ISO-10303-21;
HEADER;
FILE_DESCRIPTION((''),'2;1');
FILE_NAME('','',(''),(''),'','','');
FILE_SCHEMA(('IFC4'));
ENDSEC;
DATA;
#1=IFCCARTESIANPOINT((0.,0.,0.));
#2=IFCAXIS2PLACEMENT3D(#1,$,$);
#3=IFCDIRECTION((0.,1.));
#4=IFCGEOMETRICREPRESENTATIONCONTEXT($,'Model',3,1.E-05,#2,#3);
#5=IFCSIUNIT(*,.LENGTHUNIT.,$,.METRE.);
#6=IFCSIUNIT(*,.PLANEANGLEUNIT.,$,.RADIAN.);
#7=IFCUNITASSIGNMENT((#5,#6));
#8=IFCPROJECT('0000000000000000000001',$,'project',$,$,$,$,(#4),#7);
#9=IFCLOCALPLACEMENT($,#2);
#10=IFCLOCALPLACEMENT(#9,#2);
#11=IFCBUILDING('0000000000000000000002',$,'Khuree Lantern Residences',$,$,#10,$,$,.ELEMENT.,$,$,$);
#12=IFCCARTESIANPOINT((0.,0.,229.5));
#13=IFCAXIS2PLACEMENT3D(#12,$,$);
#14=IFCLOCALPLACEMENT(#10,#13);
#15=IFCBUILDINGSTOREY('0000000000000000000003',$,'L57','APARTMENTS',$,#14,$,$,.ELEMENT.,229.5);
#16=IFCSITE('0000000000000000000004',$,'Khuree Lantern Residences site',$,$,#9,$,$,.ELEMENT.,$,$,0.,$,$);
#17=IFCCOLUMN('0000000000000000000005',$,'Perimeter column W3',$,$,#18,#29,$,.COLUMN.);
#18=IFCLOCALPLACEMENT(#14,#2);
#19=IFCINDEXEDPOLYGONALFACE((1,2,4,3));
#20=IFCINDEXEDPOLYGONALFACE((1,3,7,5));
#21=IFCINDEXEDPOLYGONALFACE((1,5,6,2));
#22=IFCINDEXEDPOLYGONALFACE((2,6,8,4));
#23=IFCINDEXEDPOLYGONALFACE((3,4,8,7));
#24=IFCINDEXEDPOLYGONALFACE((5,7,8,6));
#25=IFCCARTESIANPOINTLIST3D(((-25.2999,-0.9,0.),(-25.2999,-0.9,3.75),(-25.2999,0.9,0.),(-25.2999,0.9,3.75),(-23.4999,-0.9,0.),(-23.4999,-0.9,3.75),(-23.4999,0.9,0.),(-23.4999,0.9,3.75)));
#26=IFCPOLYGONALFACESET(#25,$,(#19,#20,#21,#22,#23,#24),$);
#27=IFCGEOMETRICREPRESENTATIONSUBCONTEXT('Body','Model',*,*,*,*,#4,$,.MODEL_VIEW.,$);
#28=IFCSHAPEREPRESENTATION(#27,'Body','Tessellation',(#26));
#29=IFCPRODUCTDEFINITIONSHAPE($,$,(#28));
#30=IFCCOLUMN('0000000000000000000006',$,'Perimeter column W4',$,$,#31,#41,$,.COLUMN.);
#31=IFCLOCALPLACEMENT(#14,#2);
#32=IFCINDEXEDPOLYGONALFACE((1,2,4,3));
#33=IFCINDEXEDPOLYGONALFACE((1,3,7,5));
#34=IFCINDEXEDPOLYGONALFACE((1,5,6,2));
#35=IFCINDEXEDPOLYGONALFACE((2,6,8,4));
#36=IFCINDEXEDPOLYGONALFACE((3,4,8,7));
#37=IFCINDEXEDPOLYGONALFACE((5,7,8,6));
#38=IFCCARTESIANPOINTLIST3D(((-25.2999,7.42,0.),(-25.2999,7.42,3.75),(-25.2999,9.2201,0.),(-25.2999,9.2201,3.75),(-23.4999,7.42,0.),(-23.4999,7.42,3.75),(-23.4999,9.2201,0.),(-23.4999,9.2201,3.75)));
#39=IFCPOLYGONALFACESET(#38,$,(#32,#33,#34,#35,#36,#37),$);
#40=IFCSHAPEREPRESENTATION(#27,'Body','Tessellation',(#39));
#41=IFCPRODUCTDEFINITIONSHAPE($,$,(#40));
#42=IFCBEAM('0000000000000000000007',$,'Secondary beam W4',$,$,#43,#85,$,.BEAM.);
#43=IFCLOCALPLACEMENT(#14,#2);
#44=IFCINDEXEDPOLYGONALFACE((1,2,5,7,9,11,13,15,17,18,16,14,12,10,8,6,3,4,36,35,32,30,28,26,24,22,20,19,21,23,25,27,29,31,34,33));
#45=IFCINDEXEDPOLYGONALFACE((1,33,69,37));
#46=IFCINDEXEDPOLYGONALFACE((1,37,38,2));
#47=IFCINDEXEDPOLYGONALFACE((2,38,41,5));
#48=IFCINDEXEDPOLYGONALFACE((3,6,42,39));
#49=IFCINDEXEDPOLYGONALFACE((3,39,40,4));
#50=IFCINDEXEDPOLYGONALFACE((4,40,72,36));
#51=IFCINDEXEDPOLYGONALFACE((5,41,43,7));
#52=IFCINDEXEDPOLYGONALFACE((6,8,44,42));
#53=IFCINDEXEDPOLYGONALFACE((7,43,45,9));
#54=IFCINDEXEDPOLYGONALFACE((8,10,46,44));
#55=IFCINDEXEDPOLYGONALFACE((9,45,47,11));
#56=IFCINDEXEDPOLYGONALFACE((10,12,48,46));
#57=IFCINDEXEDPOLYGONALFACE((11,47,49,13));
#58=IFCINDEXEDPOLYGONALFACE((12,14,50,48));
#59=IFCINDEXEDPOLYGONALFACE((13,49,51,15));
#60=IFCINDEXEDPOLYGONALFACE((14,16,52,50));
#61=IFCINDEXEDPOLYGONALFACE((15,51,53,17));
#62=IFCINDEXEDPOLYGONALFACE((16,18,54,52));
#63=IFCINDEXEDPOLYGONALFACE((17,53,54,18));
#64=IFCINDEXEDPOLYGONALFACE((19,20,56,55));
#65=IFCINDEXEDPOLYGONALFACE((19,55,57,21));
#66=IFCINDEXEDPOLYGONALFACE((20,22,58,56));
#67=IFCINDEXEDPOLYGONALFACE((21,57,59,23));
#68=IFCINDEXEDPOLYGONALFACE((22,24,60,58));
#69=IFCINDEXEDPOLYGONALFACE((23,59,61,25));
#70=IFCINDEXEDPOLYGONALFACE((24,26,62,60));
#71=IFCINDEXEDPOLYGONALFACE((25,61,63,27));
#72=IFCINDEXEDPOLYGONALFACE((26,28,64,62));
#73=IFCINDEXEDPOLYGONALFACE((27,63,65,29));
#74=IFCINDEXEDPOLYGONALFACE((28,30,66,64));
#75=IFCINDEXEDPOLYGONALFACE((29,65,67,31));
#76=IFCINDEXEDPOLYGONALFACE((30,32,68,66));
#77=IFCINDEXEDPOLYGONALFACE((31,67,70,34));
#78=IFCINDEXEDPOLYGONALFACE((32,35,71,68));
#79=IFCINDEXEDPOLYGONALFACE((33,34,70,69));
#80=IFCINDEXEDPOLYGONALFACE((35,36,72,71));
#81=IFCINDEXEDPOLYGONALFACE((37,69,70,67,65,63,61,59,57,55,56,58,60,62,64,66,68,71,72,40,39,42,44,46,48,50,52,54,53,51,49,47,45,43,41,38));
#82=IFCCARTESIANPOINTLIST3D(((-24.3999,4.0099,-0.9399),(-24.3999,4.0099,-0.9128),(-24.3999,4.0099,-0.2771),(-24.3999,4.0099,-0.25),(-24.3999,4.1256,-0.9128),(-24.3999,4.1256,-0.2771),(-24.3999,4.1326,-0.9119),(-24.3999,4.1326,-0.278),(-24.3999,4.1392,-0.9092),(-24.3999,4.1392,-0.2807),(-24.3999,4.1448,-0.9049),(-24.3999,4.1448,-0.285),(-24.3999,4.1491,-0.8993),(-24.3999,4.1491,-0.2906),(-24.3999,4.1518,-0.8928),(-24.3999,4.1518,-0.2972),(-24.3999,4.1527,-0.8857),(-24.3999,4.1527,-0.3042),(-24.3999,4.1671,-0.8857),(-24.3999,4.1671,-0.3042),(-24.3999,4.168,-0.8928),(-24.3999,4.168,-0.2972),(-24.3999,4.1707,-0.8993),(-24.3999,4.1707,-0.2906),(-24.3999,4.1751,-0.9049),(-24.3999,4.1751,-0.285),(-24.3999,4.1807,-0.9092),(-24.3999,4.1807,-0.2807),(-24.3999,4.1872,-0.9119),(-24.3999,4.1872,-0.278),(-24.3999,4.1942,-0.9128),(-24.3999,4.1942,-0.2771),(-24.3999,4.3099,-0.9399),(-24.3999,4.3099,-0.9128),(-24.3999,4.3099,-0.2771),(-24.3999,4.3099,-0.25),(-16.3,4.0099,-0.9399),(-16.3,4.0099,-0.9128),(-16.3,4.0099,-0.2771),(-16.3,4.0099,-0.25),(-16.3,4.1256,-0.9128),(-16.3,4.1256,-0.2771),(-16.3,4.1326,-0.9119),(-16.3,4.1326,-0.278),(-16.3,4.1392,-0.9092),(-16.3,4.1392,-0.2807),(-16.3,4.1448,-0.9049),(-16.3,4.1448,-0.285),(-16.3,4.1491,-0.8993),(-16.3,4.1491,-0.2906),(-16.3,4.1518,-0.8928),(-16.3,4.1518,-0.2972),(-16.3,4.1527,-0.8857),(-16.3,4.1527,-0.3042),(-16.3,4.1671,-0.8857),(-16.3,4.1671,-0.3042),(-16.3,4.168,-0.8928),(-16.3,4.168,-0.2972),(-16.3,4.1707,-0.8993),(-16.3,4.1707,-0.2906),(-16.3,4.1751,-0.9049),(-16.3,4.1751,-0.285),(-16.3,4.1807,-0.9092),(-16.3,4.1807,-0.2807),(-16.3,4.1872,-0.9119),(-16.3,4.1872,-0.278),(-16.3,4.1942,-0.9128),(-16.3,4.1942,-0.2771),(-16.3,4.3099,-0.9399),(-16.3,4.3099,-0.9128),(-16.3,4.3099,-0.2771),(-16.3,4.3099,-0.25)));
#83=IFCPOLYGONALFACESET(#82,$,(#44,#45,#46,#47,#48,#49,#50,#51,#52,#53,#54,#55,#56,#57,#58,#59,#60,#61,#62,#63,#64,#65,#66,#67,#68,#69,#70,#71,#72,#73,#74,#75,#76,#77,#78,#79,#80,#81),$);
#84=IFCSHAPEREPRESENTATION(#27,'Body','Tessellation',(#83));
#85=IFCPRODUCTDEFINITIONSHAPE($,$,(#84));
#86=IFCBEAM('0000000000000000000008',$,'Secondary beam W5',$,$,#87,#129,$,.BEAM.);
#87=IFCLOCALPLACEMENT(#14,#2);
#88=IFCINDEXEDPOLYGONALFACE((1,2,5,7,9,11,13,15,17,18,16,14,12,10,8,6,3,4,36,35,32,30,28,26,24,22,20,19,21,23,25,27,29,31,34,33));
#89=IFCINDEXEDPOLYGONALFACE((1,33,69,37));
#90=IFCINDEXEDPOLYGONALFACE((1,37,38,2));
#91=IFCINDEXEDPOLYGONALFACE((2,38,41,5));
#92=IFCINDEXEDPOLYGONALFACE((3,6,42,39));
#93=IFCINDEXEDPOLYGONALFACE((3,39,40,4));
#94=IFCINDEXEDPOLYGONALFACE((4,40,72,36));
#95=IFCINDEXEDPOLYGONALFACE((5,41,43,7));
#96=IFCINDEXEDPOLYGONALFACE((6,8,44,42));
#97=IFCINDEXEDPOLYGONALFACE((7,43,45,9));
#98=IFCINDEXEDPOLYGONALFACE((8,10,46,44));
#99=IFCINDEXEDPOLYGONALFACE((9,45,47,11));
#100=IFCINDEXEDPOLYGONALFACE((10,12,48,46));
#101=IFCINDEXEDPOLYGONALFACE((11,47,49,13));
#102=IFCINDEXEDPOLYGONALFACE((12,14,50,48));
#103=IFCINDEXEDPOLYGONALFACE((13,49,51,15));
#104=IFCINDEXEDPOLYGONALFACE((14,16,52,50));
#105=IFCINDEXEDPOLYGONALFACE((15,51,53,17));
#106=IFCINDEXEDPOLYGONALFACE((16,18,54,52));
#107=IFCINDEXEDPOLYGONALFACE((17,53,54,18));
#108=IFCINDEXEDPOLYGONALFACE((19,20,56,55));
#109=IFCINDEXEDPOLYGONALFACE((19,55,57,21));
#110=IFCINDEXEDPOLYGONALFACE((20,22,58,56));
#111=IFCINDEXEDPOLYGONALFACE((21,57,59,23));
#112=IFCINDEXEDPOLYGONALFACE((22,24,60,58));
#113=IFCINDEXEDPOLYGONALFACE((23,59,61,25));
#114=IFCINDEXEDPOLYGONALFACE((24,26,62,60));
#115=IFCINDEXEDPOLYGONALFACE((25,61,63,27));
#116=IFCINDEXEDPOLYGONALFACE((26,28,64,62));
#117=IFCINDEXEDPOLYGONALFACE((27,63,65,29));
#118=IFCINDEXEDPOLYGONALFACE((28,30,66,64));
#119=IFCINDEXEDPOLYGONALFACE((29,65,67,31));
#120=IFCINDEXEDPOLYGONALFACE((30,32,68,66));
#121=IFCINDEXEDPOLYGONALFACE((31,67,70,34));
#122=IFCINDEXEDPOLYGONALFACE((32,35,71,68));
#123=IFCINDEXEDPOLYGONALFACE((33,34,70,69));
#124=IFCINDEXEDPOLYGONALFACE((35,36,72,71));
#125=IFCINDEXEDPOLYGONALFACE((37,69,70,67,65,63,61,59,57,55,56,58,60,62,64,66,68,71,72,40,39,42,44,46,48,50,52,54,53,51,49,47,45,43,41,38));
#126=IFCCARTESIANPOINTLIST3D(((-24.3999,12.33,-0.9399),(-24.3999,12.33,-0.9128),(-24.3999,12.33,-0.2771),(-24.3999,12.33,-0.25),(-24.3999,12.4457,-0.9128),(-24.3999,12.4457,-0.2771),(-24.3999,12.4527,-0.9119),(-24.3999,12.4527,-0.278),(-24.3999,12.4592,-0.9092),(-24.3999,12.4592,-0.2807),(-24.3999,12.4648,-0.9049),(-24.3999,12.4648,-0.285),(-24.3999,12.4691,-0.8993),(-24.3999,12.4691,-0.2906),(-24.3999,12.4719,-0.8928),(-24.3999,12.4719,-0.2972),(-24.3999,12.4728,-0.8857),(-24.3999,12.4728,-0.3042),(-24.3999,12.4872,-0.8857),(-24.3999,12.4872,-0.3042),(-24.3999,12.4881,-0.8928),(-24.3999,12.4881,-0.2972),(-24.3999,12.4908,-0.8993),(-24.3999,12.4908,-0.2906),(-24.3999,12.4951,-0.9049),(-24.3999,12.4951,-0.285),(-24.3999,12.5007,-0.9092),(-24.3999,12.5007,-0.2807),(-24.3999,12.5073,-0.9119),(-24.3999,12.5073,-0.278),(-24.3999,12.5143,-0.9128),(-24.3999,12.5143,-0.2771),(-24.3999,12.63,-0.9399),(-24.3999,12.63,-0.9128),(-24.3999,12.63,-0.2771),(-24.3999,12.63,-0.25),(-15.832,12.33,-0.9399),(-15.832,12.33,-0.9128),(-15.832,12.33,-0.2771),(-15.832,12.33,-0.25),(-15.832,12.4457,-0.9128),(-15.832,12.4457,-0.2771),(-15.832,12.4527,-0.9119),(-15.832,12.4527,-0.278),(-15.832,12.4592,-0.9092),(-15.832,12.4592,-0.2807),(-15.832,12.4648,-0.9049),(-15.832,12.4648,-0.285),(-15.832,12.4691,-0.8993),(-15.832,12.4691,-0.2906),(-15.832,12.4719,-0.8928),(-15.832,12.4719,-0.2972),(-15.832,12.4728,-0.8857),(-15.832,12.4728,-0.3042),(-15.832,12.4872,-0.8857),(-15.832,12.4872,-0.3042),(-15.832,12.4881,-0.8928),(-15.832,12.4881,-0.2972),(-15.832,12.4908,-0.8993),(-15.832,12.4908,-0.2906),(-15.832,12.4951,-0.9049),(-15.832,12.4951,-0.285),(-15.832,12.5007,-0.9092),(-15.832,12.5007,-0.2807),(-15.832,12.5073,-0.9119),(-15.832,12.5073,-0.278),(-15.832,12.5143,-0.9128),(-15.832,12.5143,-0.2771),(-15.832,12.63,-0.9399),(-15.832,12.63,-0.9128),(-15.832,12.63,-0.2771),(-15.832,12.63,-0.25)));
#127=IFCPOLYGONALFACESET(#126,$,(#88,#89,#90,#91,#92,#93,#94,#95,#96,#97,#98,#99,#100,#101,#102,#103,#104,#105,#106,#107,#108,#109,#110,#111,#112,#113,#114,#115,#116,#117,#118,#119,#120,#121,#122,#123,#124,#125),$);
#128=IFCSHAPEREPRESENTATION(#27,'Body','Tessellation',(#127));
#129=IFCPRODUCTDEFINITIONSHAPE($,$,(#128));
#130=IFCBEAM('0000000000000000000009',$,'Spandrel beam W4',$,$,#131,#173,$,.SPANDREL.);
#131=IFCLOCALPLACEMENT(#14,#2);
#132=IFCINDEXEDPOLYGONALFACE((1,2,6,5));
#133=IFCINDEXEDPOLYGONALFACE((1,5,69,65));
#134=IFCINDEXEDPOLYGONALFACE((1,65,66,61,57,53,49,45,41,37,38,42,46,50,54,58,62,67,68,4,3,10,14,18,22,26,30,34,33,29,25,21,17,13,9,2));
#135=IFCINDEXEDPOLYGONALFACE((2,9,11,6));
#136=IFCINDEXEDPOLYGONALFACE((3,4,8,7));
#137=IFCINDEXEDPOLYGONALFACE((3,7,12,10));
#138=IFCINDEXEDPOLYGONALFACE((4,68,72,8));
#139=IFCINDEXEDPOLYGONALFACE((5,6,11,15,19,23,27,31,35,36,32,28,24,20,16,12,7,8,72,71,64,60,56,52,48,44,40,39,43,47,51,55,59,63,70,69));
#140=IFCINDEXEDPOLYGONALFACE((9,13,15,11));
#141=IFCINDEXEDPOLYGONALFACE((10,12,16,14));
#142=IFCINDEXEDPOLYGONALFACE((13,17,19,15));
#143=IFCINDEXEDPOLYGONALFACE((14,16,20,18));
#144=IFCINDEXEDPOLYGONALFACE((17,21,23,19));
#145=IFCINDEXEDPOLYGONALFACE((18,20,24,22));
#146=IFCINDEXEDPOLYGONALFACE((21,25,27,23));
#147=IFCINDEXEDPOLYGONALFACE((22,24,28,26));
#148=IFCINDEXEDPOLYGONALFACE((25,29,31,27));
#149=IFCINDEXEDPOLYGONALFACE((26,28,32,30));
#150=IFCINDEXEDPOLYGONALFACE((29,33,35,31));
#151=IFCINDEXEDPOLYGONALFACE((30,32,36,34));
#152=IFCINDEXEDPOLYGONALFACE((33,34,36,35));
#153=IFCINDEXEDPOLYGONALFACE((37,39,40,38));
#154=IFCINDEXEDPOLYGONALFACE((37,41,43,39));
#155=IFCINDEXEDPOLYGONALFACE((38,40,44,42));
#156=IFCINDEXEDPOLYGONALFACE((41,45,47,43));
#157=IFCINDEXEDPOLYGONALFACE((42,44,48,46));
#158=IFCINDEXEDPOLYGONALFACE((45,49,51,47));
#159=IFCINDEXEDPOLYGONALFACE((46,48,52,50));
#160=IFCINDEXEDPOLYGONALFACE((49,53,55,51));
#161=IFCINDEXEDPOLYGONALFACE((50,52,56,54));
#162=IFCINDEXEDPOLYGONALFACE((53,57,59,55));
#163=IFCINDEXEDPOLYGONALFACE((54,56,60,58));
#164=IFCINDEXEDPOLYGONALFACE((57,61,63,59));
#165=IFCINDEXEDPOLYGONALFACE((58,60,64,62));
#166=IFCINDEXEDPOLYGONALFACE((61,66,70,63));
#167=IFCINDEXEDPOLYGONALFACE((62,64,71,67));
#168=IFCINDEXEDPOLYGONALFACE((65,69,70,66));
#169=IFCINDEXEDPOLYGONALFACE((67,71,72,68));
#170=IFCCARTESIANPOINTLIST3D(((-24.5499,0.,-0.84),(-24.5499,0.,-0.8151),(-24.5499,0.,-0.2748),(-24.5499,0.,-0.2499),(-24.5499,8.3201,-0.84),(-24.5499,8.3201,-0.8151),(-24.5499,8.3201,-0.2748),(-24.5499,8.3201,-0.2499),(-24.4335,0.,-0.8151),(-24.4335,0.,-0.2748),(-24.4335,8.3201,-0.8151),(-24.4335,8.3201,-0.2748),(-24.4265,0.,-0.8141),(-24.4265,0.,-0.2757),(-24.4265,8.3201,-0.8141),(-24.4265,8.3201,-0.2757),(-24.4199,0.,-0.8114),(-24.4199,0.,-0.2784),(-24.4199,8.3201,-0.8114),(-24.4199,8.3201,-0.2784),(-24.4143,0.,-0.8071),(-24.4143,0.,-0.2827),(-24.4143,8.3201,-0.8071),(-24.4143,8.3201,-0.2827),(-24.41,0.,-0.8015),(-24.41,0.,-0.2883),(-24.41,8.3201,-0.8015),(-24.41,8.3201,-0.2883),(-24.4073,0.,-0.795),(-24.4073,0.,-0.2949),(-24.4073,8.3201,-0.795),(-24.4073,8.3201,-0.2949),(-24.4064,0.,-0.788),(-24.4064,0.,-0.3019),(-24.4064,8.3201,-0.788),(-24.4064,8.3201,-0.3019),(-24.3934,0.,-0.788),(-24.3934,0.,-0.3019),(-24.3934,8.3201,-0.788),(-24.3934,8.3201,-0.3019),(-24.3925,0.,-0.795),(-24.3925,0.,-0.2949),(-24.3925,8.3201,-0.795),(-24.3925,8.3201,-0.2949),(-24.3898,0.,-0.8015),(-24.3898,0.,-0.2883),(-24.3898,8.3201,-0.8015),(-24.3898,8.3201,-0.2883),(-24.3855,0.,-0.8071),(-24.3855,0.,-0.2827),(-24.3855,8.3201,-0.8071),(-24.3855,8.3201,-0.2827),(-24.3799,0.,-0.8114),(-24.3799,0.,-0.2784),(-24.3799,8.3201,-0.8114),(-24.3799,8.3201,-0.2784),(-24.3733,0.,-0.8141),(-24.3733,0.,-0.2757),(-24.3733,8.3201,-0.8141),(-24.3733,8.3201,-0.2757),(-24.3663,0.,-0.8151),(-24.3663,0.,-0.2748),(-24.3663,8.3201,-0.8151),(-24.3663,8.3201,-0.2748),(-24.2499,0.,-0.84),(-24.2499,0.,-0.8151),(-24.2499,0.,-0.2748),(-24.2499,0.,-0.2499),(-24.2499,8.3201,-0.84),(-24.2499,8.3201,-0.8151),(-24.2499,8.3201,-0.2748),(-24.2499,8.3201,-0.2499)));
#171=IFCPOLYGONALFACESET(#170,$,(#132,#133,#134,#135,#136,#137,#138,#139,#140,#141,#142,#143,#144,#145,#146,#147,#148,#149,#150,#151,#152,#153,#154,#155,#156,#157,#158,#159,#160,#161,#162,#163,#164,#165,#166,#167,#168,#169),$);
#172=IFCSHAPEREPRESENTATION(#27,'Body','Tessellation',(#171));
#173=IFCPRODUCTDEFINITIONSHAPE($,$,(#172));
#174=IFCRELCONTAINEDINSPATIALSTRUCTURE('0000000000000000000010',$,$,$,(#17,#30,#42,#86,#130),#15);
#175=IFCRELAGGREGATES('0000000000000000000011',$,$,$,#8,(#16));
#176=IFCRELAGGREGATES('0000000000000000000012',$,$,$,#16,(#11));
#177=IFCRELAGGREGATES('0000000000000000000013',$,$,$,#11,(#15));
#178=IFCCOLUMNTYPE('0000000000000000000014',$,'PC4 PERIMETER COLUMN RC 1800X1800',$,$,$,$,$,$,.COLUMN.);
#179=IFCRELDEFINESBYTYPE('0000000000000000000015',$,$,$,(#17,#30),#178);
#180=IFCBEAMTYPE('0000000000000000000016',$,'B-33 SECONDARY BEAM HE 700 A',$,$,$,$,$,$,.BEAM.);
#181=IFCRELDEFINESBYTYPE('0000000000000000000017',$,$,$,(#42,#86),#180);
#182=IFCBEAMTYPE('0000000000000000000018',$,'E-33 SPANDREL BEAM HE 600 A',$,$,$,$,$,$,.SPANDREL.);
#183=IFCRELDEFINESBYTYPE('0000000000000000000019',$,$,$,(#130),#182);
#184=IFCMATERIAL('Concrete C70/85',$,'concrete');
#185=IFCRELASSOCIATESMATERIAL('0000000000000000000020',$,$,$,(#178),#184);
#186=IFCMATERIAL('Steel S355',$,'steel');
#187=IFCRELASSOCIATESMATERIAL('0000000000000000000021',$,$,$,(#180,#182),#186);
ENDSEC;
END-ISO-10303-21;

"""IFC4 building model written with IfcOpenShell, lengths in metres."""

from ifc_helpers import new_model, si_unit, direction, frame, origin, origin_2d, place, context, subcontext, project, spatial, rectangle, i_section, extrude, material, material_profile, profile_set, type_object, element, save


model = new_model("IFC4")

# Units and contexts
model_context = context("Model", 3, precision=1e-05, world=origin(), true_north=direction((0.0, 1.0)))
body_context = subcontext(model_context, "Body", "Model", "MODEL_VIEW")
ifc_project = project(units=[si_unit("LENGTHUNIT", "METRE"), si_unit("PLANEANGLEUNIT", "RADIAN")], contexts=[model_context])

# Site, building, storey
site_placement = place(None, origin())
site = spatial("IfcSite", under=ifc_project, at=site_placement, Name="Khuree Lantern Residences site", CompositionType="ELEMENT", RefElevation=0.0)
building_placement = place(site_placement, origin())
building = spatial("IfcBuilding", under=site, at=building_placement, Name="Khuree Lantern Residences", CompositionType="ELEMENT")
storey_placement = place(building_placement, frame((0.0, 0.0, 229.5)))
storey = spatial("IfcBuildingStorey", under=building, at=storey_placement, Name="L57", Description="APARTMENTS", CompositionType="ELEMENT", Elevation=229.5)

# Columns
ifc_material_1 = material(Name="Concrete C70/85", Category="concrete")
ifc_material_profile_1 = material_profile(ifc_material_1, rectangle(XDim=1.8, YDim=1.8, at=origin_2d()), Name="RC 1800X1800")
ifc_profile_set_1 = profile_set([ifc_material_profile_1], Name="Concrete C70/85")
column_type = type_object("IfcColumnType", Name="PC4 PERIMETER COLUMN RC 1800X1800", PredefinedType="COLUMN", material=ifc_profile_set_1)
for number, where, z_axis, x_axis, name in (
    (1, (-24.3999, 0.0, 0.0), (0.0, 0.0, 1.0), (0.0, 1.0, 0.0), "Perimeter column W3"),
    (2, (-24.3999, 8.3201, 0.0), (0.0, 0.0, 1.0), (0.0, 1.0, 0.0), "Perimeter column W4"),
):
    element("IfcColumn", number, at=place(storey_placement, frame(where, z_axis=z_axis, x_axis=x_axis)), inside=storey, type_object=column_type, Name=name, PredefinedType="COLUMN", context=body_context, shape_type="SweptSolid", body=[
        extrude(rectangle(XDim=1.8, YDim=1.8, at=origin_2d()), origin(), (0.0, 0.0, 1.0), 3.75),
    ])

# Beams
ifc_material_2 = material(Name="Steel S355", Category="steel")
ifc_material_profile_2 = material_profile(ifc_material_2, i_section(OverallWidth=0.3, OverallDepth=0.6899, WebThickness=0.0144, FlangeThickness=0.0271, FilletRadius=0.0271, at=origin_2d()), Name="HE 700 A")
ifc_profile_set_2 = profile_set([ifc_material_profile_2], Name="Steel S355")
beam_type_1 = type_object("IfcBeamType", Name="B-33 SECONDARY BEAM HE 700 A", PredefinedType="BEAM", material=ifc_profile_set_2)
beam_1_placement = place(storey_placement, frame((-24.3999, 4.1599, -0.595), z_axis=(1.0, 0.0, 0.0), x_axis=(0.0, 1.0, 0.0)))
element("IfcBeam", 3, at=beam_1_placement, inside=storey, type_object=beam_type_1, Name="Secondary beam W4", PredefinedType="BEAM", context=body_context, shape_type="SweptSolid", body=[
    extrude(i_section(OverallWidth=0.3, OverallDepth=0.6899, WebThickness=0.0144, FlangeThickness=0.0271, FilletRadius=0.0271, at=origin_2d()), origin(), (0.0, 0.0, 1.0), 8.0999),
])
beam_2_placement = place(storey_placement, frame((-24.3999, 12.48, -0.595), z_axis=(1.0, 0.0, 0.0), x_axis=(0.0, 1.0, 0.0)))
element("IfcBeam", 4, at=beam_2_placement, inside=storey, type_object=beam_type_1, Name="Secondary beam W5", PredefinedType="BEAM", context=body_context, shape_type="SweptSolid", body=[
    extrude(i_section(OverallWidth=0.3, OverallDepth=0.6899, WebThickness=0.0144, FlangeThickness=0.0271, FilletRadius=0.0271, at=origin_2d()), origin(), (0.0, 0.0, 1.0), 8.5679),
])
ifc_material_profile_3 = material_profile(ifc_material_2, i_section(OverallWidth=0.3, OverallDepth=0.5901, WebThickness=0.0129, FlangeThickness=0.0249, FilletRadius=0.0271, at=origin_2d()), Name="HE 600 A")
ifc_profile_set_3 = profile_set([ifc_material_profile_3], Name="Steel S355")
beam_type_2 = type_object("IfcBeamType", Name="E-33 SPANDREL BEAM HE 600 A", PredefinedType="SPANDREL", material=ifc_profile_set_3)
beam_3_placement = place(storey_placement, frame((-24.3999, 0.0, -0.5449), z_axis=(0.0, 1.0, 0.0), x_axis=(-1.0, 0.0, 0.0)))
element("IfcBeam", 5, at=beam_3_placement, inside=storey, type_object=beam_type_2, Name="Spandrel beam W4", PredefinedType="SPANDREL", context=body_context, shape_type="SweptSolid", body=[
    extrude(i_section(OverallWidth=0.3, OverallDepth=0.5901, WebThickness=0.0129, FlangeThickness=0.0249, FilletRadius=0.0271, at=origin_2d()), origin(), (0.0, 0.0, 1.0), 8.3201),
])

save(model, "model.ifc")
